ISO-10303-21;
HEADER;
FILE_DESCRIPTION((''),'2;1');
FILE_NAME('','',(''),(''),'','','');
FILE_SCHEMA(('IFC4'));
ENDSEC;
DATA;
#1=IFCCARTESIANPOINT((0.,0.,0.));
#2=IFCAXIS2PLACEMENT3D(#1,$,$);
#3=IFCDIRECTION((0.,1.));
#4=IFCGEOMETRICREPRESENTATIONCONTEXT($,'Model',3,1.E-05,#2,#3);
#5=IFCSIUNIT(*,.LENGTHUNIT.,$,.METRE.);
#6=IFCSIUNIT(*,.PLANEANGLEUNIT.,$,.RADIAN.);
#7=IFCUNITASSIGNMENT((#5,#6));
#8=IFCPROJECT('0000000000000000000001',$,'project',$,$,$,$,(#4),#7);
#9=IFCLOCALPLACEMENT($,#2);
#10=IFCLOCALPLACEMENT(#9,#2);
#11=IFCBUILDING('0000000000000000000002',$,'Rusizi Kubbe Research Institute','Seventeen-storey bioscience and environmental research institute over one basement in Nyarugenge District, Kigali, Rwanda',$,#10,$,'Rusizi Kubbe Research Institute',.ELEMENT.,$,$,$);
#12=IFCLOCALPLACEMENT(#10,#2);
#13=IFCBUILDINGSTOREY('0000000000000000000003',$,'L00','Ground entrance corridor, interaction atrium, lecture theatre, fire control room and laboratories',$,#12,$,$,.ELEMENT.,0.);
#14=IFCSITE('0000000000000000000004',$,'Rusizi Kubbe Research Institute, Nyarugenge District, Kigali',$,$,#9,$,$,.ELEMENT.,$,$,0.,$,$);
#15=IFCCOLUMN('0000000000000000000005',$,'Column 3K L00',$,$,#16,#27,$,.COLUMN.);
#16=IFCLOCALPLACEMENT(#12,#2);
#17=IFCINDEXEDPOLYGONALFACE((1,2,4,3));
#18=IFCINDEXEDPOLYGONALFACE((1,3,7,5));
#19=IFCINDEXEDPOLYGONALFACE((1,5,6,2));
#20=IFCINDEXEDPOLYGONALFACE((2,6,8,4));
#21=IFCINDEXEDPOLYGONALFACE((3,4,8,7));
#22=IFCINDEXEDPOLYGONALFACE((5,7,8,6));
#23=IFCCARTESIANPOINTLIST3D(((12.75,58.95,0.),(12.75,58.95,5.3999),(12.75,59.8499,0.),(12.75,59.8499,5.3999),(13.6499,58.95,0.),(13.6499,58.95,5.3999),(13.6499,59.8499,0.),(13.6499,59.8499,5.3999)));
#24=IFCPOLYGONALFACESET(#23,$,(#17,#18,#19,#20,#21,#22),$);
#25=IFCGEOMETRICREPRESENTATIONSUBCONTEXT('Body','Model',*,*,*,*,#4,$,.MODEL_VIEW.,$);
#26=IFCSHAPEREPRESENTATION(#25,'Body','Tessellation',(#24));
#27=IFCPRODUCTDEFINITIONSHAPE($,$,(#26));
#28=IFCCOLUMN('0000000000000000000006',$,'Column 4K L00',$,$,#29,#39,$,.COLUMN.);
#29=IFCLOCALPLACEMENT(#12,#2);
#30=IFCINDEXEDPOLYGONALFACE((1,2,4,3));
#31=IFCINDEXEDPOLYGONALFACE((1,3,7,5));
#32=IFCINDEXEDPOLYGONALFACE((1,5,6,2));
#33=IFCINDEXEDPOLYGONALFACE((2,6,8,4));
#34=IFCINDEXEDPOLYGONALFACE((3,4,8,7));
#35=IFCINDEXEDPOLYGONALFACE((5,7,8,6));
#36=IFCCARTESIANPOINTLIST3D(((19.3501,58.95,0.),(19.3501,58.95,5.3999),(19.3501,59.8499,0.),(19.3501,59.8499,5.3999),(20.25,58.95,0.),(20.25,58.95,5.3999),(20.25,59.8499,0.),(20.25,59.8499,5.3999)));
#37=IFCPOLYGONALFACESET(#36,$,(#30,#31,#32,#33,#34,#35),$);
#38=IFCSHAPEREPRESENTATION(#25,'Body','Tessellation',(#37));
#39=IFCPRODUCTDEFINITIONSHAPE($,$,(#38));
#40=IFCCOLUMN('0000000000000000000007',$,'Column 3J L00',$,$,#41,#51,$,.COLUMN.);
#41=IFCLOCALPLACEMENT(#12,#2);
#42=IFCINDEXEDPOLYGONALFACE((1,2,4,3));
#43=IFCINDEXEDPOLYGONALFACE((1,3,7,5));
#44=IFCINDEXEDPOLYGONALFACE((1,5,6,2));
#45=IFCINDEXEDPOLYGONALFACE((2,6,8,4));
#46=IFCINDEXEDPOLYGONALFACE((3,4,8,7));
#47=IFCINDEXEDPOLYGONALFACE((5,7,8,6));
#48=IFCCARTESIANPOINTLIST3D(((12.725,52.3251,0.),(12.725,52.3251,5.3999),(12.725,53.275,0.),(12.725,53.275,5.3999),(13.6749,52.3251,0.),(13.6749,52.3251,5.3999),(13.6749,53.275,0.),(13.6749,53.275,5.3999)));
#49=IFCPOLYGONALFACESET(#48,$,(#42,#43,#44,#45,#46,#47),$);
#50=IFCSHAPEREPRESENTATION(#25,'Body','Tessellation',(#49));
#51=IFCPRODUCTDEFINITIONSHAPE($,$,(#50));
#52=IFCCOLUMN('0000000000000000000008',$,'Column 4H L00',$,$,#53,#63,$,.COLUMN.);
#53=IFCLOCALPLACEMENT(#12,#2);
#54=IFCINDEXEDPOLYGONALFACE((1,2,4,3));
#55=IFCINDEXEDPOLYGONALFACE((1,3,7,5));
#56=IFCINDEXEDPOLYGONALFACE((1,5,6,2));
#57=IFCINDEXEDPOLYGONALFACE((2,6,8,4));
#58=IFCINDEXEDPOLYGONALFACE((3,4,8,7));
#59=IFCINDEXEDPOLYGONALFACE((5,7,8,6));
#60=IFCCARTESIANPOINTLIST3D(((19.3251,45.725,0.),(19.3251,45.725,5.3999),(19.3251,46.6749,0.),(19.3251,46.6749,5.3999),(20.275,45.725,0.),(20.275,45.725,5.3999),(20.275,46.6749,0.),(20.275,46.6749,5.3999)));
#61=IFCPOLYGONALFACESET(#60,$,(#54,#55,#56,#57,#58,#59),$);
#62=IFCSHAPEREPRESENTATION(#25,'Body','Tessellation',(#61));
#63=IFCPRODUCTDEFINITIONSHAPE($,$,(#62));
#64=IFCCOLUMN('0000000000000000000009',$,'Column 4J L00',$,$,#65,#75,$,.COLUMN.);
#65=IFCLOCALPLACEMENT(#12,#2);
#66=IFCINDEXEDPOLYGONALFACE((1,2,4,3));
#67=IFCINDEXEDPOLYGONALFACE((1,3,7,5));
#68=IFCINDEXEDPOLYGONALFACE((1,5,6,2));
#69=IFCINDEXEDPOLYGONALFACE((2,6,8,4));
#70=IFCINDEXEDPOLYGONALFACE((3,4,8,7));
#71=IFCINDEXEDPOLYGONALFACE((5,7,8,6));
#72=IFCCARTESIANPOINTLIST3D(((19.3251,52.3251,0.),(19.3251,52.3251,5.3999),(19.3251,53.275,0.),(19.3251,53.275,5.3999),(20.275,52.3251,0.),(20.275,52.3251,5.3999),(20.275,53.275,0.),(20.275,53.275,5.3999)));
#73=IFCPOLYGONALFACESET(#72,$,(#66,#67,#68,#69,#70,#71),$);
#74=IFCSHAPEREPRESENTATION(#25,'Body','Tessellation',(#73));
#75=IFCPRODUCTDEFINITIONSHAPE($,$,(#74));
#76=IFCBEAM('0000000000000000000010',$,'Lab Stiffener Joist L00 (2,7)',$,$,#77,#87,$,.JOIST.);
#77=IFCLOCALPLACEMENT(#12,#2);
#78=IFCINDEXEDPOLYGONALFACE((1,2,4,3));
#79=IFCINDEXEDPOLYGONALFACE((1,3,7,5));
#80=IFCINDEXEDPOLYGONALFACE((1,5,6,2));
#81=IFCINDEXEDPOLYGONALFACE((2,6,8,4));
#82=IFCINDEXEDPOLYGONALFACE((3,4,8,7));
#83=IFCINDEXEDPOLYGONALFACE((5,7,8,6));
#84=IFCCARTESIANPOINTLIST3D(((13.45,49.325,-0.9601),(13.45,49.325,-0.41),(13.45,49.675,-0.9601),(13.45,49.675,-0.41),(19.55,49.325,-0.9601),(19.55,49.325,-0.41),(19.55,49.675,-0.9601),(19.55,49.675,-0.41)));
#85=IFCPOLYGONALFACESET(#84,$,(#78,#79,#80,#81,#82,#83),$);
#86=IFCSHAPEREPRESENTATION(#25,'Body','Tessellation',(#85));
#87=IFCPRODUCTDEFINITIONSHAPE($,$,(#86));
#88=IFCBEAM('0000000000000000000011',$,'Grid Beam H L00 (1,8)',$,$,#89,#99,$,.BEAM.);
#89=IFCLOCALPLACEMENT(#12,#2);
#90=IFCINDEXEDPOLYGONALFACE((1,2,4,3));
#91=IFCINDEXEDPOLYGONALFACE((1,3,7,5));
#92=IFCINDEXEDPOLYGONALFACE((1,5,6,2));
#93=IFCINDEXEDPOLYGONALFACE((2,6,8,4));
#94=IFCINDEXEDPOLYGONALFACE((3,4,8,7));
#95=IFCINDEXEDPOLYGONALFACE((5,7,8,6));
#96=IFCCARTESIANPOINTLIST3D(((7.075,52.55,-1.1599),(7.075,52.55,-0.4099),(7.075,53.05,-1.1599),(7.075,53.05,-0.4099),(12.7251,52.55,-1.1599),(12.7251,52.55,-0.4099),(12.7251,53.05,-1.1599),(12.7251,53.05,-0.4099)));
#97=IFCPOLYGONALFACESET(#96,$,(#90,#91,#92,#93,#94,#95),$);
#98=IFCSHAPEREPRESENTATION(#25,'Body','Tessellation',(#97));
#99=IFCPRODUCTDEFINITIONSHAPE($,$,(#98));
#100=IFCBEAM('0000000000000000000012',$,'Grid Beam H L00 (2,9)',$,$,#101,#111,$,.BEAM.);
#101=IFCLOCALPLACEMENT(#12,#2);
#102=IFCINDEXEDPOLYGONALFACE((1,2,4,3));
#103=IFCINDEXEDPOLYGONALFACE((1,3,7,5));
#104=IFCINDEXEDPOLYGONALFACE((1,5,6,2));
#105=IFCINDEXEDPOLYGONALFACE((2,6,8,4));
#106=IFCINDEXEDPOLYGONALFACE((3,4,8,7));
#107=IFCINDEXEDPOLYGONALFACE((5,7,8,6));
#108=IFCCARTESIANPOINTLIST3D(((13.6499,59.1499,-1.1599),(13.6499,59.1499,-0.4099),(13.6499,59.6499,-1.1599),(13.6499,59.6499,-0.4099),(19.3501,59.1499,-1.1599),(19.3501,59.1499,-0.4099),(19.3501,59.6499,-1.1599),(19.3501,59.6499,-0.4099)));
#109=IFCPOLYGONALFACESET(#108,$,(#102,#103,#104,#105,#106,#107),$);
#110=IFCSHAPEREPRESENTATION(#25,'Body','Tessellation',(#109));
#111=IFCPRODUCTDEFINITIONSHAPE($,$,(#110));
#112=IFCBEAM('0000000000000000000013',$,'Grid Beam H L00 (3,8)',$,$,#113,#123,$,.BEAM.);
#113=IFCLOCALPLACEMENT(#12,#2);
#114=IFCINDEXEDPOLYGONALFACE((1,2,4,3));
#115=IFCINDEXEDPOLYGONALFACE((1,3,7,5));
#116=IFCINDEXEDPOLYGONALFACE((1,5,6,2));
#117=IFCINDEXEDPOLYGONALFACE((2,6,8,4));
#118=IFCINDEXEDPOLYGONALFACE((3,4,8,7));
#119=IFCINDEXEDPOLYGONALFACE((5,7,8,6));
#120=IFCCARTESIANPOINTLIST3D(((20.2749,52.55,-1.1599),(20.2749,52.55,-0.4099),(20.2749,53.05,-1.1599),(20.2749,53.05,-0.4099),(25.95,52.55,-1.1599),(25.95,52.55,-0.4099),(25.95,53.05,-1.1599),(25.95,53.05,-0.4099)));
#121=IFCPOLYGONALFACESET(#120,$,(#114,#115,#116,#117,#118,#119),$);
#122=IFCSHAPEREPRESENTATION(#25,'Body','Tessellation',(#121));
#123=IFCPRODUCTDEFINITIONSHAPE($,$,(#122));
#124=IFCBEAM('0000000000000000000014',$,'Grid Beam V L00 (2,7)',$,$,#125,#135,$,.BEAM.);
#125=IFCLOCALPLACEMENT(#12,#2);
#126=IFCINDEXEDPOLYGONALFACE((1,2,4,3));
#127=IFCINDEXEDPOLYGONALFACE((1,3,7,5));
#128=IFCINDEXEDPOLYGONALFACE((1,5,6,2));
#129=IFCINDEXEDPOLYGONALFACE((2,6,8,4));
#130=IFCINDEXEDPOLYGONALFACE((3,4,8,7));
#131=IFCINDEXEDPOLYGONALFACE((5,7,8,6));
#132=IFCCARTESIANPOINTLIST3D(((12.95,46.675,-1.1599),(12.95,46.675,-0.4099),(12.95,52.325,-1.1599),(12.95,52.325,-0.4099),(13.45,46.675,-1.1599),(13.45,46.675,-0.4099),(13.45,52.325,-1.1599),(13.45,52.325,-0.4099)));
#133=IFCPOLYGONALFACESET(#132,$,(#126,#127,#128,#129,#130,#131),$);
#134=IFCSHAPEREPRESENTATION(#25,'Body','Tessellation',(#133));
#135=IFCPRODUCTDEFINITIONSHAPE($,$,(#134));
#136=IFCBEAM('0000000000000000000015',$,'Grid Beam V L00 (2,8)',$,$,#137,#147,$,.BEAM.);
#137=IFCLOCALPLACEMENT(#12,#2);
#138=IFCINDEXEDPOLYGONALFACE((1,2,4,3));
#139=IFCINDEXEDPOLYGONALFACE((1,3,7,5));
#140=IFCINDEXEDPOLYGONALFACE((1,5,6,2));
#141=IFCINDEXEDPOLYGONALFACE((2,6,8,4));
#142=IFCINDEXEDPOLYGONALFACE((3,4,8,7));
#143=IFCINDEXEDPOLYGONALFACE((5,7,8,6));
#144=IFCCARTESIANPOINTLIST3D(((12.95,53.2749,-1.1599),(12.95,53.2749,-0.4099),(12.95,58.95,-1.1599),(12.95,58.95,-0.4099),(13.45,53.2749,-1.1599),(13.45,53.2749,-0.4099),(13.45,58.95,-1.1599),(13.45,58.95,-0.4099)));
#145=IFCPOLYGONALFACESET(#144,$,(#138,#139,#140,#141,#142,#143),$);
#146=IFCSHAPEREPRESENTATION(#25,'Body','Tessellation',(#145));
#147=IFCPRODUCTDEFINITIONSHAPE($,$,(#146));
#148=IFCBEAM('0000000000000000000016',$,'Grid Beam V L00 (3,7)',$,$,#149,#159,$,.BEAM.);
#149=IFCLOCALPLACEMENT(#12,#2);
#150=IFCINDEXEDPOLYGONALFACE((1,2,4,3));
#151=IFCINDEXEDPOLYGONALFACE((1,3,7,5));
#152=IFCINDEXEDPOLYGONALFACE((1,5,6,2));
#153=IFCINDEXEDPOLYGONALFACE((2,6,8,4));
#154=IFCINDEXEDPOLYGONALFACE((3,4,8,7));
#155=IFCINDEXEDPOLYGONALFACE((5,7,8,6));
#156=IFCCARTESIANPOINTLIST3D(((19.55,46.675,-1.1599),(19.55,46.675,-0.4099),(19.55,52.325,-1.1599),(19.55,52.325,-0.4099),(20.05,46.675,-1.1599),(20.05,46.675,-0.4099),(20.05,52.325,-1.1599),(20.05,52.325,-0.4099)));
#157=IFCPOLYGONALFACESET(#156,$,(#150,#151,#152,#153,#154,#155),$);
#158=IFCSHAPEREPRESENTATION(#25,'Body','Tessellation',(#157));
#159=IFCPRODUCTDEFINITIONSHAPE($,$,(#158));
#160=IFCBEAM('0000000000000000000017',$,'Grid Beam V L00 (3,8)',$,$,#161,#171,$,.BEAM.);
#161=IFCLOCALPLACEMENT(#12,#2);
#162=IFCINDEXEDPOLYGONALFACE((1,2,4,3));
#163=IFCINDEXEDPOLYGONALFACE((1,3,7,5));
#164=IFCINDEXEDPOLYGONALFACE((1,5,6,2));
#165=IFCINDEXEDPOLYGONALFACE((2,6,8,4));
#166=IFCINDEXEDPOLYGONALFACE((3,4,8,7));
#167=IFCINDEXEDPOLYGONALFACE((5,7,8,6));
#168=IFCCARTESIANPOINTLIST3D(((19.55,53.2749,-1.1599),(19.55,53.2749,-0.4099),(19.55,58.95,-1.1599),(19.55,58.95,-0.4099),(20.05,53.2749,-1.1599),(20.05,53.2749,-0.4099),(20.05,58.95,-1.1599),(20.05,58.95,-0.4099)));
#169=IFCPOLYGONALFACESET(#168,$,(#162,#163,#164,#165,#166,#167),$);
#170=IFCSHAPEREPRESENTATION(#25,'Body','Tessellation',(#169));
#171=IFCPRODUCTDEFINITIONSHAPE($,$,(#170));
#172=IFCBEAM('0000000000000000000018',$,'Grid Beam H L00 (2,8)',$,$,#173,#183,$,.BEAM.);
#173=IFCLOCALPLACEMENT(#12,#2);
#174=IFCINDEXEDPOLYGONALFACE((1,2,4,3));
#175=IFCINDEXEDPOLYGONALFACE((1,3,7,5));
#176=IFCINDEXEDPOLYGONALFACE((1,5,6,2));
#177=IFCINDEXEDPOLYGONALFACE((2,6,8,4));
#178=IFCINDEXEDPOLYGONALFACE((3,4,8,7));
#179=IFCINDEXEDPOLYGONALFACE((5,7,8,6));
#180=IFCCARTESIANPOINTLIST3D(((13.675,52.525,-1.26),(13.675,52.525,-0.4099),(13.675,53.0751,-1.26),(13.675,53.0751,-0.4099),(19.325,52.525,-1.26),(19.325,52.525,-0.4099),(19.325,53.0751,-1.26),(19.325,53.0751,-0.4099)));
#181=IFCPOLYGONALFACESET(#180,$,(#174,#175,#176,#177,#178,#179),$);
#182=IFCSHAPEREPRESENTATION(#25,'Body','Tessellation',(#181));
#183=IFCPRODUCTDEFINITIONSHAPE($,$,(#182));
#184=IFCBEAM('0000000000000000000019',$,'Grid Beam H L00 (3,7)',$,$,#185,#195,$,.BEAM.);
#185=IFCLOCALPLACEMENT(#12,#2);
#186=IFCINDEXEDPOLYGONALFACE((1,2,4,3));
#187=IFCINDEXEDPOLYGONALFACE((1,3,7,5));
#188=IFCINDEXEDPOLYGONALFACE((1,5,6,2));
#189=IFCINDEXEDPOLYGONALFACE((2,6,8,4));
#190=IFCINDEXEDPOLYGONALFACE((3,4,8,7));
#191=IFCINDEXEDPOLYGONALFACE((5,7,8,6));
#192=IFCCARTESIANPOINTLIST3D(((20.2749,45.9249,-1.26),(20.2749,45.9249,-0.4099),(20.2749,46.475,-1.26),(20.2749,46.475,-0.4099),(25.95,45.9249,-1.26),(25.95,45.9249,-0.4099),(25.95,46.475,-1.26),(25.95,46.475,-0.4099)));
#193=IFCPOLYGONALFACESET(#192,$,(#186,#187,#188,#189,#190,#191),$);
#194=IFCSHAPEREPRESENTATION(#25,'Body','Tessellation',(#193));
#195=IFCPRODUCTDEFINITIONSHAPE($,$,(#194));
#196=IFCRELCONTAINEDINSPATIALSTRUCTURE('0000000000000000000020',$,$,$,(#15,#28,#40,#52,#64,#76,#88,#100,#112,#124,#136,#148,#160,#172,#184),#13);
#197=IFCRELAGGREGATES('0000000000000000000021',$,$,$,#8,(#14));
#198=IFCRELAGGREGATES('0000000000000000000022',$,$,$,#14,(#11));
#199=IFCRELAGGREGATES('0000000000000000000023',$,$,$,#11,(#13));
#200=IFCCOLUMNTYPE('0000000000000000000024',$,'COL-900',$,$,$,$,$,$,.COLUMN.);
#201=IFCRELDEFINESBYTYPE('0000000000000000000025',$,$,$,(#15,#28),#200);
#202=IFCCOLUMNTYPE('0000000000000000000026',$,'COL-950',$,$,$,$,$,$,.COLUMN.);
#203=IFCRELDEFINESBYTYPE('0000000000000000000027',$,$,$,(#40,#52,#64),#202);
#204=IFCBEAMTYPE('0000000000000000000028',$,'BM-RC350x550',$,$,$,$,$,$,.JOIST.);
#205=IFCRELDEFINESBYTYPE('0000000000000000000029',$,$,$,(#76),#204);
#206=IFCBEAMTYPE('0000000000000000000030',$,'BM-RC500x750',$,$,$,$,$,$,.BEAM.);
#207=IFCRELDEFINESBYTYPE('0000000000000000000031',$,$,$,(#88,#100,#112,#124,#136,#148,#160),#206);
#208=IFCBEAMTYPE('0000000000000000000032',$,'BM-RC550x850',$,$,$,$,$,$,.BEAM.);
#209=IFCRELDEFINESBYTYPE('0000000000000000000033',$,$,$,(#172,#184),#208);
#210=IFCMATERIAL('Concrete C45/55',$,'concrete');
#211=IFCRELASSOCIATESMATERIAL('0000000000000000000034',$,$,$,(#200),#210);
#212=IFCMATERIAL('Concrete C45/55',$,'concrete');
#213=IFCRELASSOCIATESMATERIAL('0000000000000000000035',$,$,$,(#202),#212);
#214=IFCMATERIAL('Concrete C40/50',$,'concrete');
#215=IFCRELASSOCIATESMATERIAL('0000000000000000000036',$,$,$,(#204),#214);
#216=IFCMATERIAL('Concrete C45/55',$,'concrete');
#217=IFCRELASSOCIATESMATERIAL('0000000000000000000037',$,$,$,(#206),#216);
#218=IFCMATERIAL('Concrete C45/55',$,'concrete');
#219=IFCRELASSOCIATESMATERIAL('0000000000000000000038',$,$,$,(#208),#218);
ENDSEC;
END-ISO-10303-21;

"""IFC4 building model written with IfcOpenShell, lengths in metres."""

from ifc_helpers import new_model, si_unit, direction, frame, origin, origin_2d, place, context, subcontext, project, spatial, rectangle, extrude, material, material_profile, profile_set, type_object, element, save


model = new_model("IFC4")

# Units and contexts
model_context = context("Model", 3, precision=1e-05, world=origin(), true_north=direction((0.0, 1.0)))
body_context = subcontext(model_context, "Body", "Model", "MODEL_VIEW")
ifc_project = project(units=[si_unit("LENGTHUNIT", "METRE"), si_unit("PLANEANGLEUNIT", "RADIAN")], contexts=[model_context])

# Site, building, storey
site_placement = place(None, origin())
site = spatial("IfcSite", under=ifc_project, at=site_placement, Name="Rusizi Kubbe Research Institute, Nyarugenge District, Kigali", CompositionType="ELEMENT", RefElevation=0.0)
building_placement = place(site_placement, origin())
building = spatial("IfcBuilding", under=site, at=building_placement, Name="Rusizi Kubbe Research Institute", Description="Seventeen-storey bioscience and environmental research institute over one basement in Nyarugenge District, Kigali, Rwanda", LongName="Rusizi Kubbe Research Institute", CompositionType="ELEMENT")
storey_placement = place(building_placement, origin())
storey = spatial("IfcBuildingStorey", under=building, at=storey_placement, Name="L00", Description="Ground entrance corridor, interaction atrium, lecture theatre, fire control room and laboratories", CompositionType="ELEMENT", Elevation=0.0)

# Columns
ifc_material_1 = material(Name="Concrete C45/55", Category="concrete")
ifc_material_profile_1 = material_profile(ifc_material_1, rectangle(XDim=0.8999, YDim=0.8999, at=origin_2d()), Name="RC900x900")
ifc_profile_set_1 = profile_set([ifc_material_profile_1], Name="Concrete C45/55")
column_type_1 = type_object("IfcColumnType", Name="COL-900", PredefinedType="COLUMN", material=ifc_profile_set_1)
for number, where, z_axis, x_axis, name in (
    (1, (13.2, 59.3999, 0.0), (0.0, 0.0, 1.0), (1.0, 0.0, 0.0), "Column 3K L00"),
    (2, (19.8, 59.3999, 0.0), (0.0, 0.0, 1.0), (1.0, 0.0, 0.0), "Column 4K L00"),
):
    element("IfcColumn", number, at=place(storey_placement, frame(where, z_axis=z_axis, x_axis=x_axis)), inside=storey, type_object=column_type_1, Name=name, PredefinedType="COLUMN", context=body_context, shape_type="SweptSolid", body=[
        extrude(rectangle(XDim=0.8999, YDim=0.8999, at=origin_2d()), origin(), (0.0, 0.0, 1.0), 5.3999),
    ])
ifc_material_2 = material(Name="Concrete C45/55", Category="concrete")
ifc_material_profile_2 = material_profile(ifc_material_2, rectangle(XDim=0.95, YDim=0.95, at=origin_2d()), Name="RC950x950")
ifc_profile_set_2 = profile_set([ifc_material_profile_2], Name="Concrete C45/55")
column_type_2 = type_object("IfcColumnType", Name="COL-950", PredefinedType="COLUMN", material=ifc_profile_set_2)
for number, where, z_axis, x_axis, name in (
    (3, (13.2, 52.8, 0.0), (0.0, 0.0, 1.0), (1.0, 0.0, 0.0), "Column 3J L00"),
    (4, (19.8, 46.2, 0.0), (0.0, 0.0, 1.0), (1.0, 0.0, 0.0), "Column 4H L00"),
    (5, (19.8, 52.8, 0.0), (0.0, 0.0, 1.0), (1.0, 0.0, 0.0), "Column 4J L00"),
):
    element("IfcColumn", number, at=place(storey_placement, frame(where, z_axis=z_axis, x_axis=x_axis)), inside=storey, type_object=column_type_2, Name=name, PredefinedType="COLUMN", context=body_context, shape_type="SweptSolid", body=[
        extrude(rectangle(XDim=0.95, YDim=0.95, at=origin_2d()), origin(), (0.0, 0.0, 1.0), 5.3999),
    ])

# Beams
ifc_material_3 = material(Name="Concrete C40/50", Category="concrete")
ifc_material_profile_3 = material_profile(ifc_material_3, rectangle(XDim=0.3501, YDim=0.55, at=origin_2d()), Name="RC350x550")
ifc_profile_set_3 = profile_set([ifc_material_profile_3], Name="Concrete C40/50")
beam_type_1 = type_object("IfcBeamType", Name="BM-RC350x550", PredefinedType="JOIST", material=ifc_profile_set_3)
beam_1_placement = place(storey_placement, frame((13.45, 49.5, -0.6851), z_axis=(1.0, 0.0, 0.0), x_axis=(0.0, 1.0, 0.0)))
element("IfcBeam", 6, at=beam_1_placement, inside=storey, type_object=beam_type_1, Name="Lab Stiffener Joist L00 (2,7)", PredefinedType="JOIST", context=body_context, shape_type="SweptSolid", body=[
    extrude(rectangle(XDim=0.3501, YDim=0.55, at=origin_2d()), origin(), (0.0, 0.0, 1.0), 6.1001),
])
ifc_material_4 = material(Name="Concrete C45/55", Category="concrete")
ifc_material_profile_4 = material_profile(ifc_material_4, rectangle(XDim=0.5, YDim=0.75, at=origin_2d()), Name="RC500x750B")
ifc_profile_set_4 = profile_set([ifc_material_profile_4], Name="Concrete C45/55")
beam_type_2 = type_object("IfcBeamType", Name="BM-RC500x750", PredefinedType="BEAM", material=ifc_profile_set_4)
beam_2_placement = place(storey_placement, frame((7.075, 52.8, -0.7849), z_axis=(1.0, 0.0, 0.0), x_axis=(0.0, 1.0, 0.0)))
element("IfcBeam", 7, at=beam_2_placement, inside=storey, type_object=beam_type_2, Name="Grid Beam H L00 (1,8)", PredefinedType="BEAM", context=body_context, shape_type="SweptSolid", body=[
    extrude(rectangle(XDim=0.5, YDim=0.75, at=origin_2d()), origin(), (0.0, 0.0, 1.0), 5.6501),
])
beam_3_placement = place(storey_placement, frame((13.6499, 59.3999, -0.7849), z_axis=(1.0, 0.0, 0.0), x_axis=(0.0, 1.0, 0.0)))
element("IfcBeam", 8, at=beam_3_placement, inside=storey, type_object=beam_type_2, Name="Grid Beam H L00 (2,9)", PredefinedType="BEAM", context=body_context, shape_type="SweptSolid", body=[
    extrude(rectangle(XDim=0.5, YDim=0.75, at=origin_2d()), origin(), (0.0, 0.0, 1.0), 5.7002),
])
beam_4_placement = place(storey_placement, frame((20.2749, 52.8, -0.7849), z_axis=(1.0, 0.0, 0.0), x_axis=(0.0, 1.0, 0.0)))
element("IfcBeam", 9, at=beam_4_placement, inside=storey, type_object=beam_type_2, Name="Grid Beam H L00 (3,8)", PredefinedType="BEAM", context=body_context, shape_type="SweptSolid", body=[
    extrude(rectangle(XDim=0.5, YDim=0.75, at=origin_2d()), origin(), (0.0, 0.0, 1.0), 5.675),
])
beam_5_placement = place(storey_placement, frame((13.2, 46.675, -0.7849), z_axis=(0.0, 1.0, 0.0), x_axis=(-1.0, 0.0, 0.0)))
element("IfcBeam", 10, at=beam_5_placement, inside=storey, type_object=beam_type_2, Name="Grid Beam V L00 (2,7)", PredefinedType="BEAM", context=body_context, shape_type="SweptSolid", body=[
    extrude(rectangle(XDim=0.5, YDim=0.75, at=origin_2d()), origin(), (0.0, 0.0, 1.0), 5.6499),
])
beam_6_placement = place(storey_placement, frame((13.2, 53.2749, -0.7849), z_axis=(0.0, 1.0, 0.0), x_axis=(-1.0, 0.0, 0.0)))
element("IfcBeam", 11, at=beam_6_placement, inside=storey, type_object=beam_type_2, Name="Grid Beam V L00 (2,8)", PredefinedType="BEAM", context=body_context, shape_type="SweptSolid", body=[
    extrude(rectangle(XDim=0.5, YDim=0.75, at=origin_2d()), origin(), (0.0, 0.0, 1.0), 5.675),
])
beam_7_placement = place(storey_placement, frame((19.8, 46.675, -0.7849), z_axis=(0.0, 1.0, 0.0), x_axis=(-1.0, 0.0, 0.0)))
element("IfcBeam", 12, at=beam_7_placement, inside=storey, type_object=beam_type_2, Name="Grid Beam V L00 (3,7)", PredefinedType="BEAM", context=body_context, shape_type="SweptSolid", body=[
    extrude(rectangle(XDim=0.5, YDim=0.75, at=origin_2d()), origin(), (0.0, 0.0, 1.0), 5.6499),
])
beam_8_placement = place(storey_placement, frame((19.8, 53.2749, -0.7849), z_axis=(0.0, 1.0, 0.0), x_axis=(-1.0, 0.0, 0.0)))
element("IfcBeam", 13, at=beam_8_placement, inside=storey, type_object=beam_type_2, Name="Grid Beam V L00 (3,8)", PredefinedType="BEAM", context=body_context, shape_type="SweptSolid", body=[
    extrude(rectangle(XDim=0.5, YDim=0.75, at=origin_2d()), origin(), (0.0, 0.0, 1.0), 5.675),
])
ifc_material_5 = material(Name="Concrete C45/55", Category="concrete")
ifc_material_profile_5 = material_profile(ifc_material_5, rectangle(XDim=0.55, YDim=0.8501, at=origin_2d()), Name="RC550x850")
ifc_profile_set_5 = profile_set([ifc_material_profile_5], Name="Concrete C45/55")
beam_type_3 = type_object("IfcBeamType", Name="BM-RC550x850", PredefinedType="BEAM", material=ifc_profile_set_5)
beam_9_placement = place(storey_placement, frame((13.675, 52.8, -0.835), z_axis=(1.0, 0.0, 0.0), x_axis=(0.0, 1.0, 0.0)))
element("IfcBeam", 14, at=beam_9_placement, inside=storey, type_object=beam_type_3, Name="Grid Beam H L00 (2,8)", PredefinedType="BEAM", context=body_context, shape_type="SweptSolid", body=[
    extrude(rectangle(XDim=0.55, YDim=0.8501, at=origin_2d()), origin(), (0.0, 0.0, 1.0), 5.6499),
])
beam_10_placement = place(storey_placement, frame((20.2749, 46.2, -0.835), z_axis=(1.0, 0.0, 0.0), x_axis=(0.0, 1.0, 0.0)))
element("IfcBeam", 15, at=beam_10_placement, inside=storey, type_object=beam_type_3, Name="Grid Beam H L00 (3,7)", PredefinedType="BEAM", context=body_context, shape_type="SweptSolid", body=[
    extrude(rectangle(XDim=0.55, YDim=0.8501, at=origin_2d()), origin(), (0.0, 0.0, 1.0), 5.675),
])

save(model, "model.ifc")
